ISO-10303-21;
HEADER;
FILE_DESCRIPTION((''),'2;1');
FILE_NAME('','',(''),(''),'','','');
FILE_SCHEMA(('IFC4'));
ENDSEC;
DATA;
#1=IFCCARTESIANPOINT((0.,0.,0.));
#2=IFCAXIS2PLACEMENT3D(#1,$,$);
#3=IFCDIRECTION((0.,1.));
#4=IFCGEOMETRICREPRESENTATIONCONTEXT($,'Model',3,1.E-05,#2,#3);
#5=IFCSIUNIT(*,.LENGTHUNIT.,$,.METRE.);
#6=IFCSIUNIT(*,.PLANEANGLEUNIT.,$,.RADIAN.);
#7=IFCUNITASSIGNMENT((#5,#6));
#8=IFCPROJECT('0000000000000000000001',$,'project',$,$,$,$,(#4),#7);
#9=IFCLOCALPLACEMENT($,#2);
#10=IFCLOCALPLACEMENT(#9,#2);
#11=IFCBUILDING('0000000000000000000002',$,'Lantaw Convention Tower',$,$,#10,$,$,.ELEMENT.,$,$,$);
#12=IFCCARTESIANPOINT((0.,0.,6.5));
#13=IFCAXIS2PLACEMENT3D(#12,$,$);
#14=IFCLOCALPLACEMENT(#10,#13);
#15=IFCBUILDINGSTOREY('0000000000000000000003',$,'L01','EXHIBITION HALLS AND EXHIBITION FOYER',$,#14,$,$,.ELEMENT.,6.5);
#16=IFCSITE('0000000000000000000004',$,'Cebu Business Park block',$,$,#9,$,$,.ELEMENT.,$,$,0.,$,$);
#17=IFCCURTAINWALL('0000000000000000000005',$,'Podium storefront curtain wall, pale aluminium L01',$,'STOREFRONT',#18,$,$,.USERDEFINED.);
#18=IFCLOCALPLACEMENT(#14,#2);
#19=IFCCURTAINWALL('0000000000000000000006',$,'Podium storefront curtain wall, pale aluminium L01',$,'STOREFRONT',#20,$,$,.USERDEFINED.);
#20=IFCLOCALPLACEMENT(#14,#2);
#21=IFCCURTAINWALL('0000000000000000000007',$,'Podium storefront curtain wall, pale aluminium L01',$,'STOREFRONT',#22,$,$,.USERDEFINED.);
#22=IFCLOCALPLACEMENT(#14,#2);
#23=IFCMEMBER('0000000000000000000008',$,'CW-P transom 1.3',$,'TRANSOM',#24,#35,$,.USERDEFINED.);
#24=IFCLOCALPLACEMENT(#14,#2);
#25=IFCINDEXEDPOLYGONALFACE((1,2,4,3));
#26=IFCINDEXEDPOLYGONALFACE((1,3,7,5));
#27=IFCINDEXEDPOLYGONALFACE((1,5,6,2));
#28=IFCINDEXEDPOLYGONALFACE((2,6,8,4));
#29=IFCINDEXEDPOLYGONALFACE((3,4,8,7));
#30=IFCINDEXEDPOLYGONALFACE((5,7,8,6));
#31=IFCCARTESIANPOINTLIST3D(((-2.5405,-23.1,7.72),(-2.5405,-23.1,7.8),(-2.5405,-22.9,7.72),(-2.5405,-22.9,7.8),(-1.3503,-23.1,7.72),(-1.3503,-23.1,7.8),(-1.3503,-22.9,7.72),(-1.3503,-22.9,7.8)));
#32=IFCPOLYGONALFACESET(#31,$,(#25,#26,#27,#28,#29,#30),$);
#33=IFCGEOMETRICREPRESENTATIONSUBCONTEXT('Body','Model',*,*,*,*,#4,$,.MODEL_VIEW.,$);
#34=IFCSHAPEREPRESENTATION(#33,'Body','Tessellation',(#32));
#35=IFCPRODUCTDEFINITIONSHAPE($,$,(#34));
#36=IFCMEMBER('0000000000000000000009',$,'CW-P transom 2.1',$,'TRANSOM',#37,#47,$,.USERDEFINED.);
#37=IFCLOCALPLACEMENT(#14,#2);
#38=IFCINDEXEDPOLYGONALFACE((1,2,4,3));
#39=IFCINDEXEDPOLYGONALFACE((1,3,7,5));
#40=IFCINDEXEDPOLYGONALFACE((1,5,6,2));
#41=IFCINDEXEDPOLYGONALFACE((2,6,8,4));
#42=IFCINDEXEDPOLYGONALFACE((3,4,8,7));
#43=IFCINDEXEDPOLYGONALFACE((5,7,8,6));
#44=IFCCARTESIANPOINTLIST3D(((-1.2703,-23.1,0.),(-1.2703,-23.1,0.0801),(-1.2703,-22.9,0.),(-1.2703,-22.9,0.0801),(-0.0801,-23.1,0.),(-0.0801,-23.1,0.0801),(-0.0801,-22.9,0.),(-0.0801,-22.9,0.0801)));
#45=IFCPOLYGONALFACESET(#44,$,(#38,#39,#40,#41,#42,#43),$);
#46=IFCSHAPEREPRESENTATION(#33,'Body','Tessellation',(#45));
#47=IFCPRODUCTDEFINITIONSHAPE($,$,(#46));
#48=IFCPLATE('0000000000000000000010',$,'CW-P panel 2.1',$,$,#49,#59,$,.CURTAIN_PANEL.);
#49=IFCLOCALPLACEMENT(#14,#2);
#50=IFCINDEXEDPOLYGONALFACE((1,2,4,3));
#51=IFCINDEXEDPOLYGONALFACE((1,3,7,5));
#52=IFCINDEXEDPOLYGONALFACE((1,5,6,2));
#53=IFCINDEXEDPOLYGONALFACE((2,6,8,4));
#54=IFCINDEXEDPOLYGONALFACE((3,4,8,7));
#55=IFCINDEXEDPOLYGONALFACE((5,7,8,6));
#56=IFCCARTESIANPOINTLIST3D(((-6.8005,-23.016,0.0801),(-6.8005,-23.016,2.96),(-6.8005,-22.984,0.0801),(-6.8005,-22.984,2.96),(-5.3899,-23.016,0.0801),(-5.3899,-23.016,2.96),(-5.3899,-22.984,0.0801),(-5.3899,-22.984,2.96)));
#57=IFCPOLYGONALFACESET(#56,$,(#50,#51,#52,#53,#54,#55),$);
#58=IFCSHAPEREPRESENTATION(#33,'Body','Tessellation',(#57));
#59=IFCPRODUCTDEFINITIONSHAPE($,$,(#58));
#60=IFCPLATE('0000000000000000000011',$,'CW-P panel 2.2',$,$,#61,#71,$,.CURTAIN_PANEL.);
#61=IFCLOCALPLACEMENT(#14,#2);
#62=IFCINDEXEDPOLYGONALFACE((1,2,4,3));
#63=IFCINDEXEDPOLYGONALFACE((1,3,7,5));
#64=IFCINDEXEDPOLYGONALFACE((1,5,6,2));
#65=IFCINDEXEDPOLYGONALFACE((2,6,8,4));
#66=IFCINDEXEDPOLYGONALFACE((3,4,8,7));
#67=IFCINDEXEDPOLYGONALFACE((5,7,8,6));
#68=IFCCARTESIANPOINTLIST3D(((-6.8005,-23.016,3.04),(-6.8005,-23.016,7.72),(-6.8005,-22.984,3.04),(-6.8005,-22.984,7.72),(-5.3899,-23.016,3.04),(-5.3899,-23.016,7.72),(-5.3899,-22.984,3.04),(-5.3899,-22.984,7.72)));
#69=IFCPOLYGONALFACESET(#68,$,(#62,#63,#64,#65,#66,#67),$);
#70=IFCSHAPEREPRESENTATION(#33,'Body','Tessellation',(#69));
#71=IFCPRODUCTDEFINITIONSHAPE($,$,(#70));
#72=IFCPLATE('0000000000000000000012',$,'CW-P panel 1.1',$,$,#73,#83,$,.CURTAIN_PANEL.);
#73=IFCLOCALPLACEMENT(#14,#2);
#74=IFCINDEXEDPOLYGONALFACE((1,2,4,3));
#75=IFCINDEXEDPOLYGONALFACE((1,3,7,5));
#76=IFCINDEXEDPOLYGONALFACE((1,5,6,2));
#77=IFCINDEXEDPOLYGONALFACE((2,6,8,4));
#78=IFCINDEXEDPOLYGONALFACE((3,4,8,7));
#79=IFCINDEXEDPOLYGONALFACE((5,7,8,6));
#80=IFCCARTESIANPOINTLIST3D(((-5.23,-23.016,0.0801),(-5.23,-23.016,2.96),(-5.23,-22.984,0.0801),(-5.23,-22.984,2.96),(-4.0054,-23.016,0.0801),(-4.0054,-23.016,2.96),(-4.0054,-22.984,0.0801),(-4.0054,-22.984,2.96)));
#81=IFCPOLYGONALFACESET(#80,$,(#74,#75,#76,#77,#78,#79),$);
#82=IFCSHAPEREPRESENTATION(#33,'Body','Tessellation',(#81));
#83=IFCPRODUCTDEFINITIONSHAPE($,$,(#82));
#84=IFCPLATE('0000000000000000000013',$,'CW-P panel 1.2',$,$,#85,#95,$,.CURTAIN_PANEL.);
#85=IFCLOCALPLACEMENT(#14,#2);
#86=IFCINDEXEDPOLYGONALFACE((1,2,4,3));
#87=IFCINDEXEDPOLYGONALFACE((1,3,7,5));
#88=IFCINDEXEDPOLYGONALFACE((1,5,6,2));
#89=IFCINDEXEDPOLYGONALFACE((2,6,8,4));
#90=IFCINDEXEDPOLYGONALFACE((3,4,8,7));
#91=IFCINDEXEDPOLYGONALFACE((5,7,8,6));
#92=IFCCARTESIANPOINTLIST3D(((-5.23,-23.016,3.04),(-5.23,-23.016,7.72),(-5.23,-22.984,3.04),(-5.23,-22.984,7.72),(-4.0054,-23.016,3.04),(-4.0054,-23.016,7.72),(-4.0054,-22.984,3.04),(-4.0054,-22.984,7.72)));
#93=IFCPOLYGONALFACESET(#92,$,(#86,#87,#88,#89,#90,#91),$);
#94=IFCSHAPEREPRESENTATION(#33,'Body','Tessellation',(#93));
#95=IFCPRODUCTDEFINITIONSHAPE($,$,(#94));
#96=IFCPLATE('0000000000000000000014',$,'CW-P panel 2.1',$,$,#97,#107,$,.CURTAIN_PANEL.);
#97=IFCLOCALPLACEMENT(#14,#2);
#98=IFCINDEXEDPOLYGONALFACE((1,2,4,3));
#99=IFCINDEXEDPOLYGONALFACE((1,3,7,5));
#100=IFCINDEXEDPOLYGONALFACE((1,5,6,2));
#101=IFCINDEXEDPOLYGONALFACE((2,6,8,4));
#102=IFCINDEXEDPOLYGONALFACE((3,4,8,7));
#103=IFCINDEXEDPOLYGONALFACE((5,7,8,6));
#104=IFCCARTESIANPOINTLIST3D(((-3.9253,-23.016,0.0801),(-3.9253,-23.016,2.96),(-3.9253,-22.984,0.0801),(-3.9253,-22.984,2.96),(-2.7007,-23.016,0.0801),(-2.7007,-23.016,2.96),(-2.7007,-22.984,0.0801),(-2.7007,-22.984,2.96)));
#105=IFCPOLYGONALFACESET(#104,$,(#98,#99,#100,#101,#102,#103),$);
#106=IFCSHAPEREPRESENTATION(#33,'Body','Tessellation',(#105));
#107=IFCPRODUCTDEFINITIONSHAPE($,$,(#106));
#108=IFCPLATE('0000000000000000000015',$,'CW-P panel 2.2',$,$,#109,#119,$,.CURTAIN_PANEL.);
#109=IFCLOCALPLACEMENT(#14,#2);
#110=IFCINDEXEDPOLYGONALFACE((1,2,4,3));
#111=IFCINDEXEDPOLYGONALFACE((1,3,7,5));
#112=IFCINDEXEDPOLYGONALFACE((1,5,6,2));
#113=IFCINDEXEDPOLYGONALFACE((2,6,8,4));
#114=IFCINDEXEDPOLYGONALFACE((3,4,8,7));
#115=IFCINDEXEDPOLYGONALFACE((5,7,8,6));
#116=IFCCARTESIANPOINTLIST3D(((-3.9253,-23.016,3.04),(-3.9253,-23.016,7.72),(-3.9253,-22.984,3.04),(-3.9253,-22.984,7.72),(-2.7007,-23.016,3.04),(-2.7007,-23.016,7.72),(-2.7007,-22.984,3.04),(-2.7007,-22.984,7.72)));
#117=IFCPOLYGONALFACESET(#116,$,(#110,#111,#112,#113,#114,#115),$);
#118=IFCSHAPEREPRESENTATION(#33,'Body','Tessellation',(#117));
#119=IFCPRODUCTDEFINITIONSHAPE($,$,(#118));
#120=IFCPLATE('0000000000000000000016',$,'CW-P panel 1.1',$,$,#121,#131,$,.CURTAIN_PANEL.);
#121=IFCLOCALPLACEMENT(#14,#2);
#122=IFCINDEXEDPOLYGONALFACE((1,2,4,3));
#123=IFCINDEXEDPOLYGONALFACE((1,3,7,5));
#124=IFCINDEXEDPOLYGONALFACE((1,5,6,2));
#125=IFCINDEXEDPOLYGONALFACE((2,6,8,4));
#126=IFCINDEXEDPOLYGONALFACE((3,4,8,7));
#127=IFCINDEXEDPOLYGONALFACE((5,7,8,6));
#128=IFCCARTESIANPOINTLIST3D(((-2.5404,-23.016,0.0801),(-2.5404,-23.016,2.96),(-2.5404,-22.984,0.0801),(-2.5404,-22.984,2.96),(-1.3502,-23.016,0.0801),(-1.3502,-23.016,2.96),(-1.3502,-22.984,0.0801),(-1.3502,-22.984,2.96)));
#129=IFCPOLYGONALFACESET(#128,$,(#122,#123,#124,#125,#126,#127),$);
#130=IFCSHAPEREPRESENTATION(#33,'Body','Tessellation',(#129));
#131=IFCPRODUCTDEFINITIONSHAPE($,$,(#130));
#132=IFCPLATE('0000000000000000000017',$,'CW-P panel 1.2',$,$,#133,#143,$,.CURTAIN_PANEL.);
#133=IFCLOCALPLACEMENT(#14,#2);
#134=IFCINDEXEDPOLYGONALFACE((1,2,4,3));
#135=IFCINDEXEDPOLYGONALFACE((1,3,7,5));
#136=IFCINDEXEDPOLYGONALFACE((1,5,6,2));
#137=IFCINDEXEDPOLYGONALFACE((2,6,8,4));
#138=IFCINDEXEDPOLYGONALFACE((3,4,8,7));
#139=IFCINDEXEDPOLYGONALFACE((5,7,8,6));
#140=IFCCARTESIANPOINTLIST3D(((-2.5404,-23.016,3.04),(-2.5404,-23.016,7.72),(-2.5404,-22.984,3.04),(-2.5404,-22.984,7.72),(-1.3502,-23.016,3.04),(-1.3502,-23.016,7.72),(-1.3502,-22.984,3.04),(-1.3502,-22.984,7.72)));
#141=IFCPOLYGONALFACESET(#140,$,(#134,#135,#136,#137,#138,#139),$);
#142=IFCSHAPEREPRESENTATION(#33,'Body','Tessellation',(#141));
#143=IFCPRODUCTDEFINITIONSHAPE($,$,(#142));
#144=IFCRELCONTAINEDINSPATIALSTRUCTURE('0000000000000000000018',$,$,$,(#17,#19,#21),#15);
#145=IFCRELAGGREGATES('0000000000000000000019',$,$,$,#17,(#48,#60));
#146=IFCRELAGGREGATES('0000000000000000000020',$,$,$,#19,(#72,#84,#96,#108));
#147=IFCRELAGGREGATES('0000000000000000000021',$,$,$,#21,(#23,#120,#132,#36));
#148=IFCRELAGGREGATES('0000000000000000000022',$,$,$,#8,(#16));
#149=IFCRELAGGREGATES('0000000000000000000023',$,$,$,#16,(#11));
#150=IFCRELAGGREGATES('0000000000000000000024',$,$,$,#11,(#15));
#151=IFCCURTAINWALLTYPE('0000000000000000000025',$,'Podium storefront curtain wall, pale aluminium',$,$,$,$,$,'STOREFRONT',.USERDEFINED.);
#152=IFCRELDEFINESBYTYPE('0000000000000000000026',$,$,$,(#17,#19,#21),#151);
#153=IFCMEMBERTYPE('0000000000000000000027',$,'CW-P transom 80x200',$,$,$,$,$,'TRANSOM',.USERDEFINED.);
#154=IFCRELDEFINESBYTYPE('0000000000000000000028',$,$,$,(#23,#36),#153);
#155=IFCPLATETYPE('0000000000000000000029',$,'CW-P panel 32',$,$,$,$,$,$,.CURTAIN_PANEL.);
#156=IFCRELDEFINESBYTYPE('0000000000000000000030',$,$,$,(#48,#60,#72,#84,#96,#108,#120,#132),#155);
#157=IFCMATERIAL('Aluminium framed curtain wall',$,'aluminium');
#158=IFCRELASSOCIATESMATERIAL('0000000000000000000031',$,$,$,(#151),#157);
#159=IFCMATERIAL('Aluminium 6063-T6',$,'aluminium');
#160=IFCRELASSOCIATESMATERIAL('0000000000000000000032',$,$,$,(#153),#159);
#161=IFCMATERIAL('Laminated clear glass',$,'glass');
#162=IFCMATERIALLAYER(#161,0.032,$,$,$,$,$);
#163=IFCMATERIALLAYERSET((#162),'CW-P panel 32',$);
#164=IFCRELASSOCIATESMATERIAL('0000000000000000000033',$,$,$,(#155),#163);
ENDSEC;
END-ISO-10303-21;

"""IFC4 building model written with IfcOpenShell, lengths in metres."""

from ifc_helpers import new_model, si_unit, direction, frame, origin, origin_2d, place, context, subcontext, project, spatial, rectangle, extrude, material, layer, layer_set, material_profile, profile_set, type_object, element, aggregate, save


model = new_model("IFC4")

# Units and contexts
model_context = context("Model", 3, precision=1e-05, world=origin(), true_north=direction((0.0, 1.0)))
body_context = subcontext(model_context, "Body", "Model", "MODEL_VIEW")
ifc_project = project(units=[si_unit("LENGTHUNIT", "METRE"), si_unit("PLANEANGLEUNIT", "RADIAN")], contexts=[model_context])

# Site, building, storey
site_placement = place(None, origin())
site = spatial("IfcSite", under=ifc_project, at=site_placement, Name="Cebu Business Park block", CompositionType="ELEMENT", RefElevation=0.0)
building_placement = place(site_placement, origin())
building = spatial("IfcBuilding", under=site, at=building_placement, Name="Lantaw Convention Tower", CompositionType="ELEMENT")
storey_placement = place(building_placement, frame((0.0, 0.0, 6.5)))
storey = spatial("IfcBuildingStorey", under=building, at=storey_placement, Name="L01", Description="EXHIBITION HALLS AND EXHIBITION FOYER", CompositionType="ELEMENT", Elevation=6.5)

# Curtain wall
ifc_material_1 = material(Name="Aluminium framed curtain wall", Category="aluminium")
curtain_wall_type = type_object("IfcCurtainWallType", Name="Podium storefront curtain wall, pale aluminium", ElementType="STOREFRONT", PredefinedType="USERDEFINED", material=ifc_material_1)
curtain_wall_1_placement = place(storey_placement, origin())
curtain_wall_1 = element("IfcCurtainWall", 1, at=curtain_wall_1_placement, inside=storey, type_object=curtain_wall_type, Name="Podium storefront curtain wall, pale aluminium L01", ObjectType="STOREFRONT", PredefinedType="USERDEFINED")
ifc_material_2 = material(Name="Aluminium 6063-T6", Category="aluminium")

# Curtain walls
curtain_wall_2_placement = place(storey_placement, origin())
curtain_wall_2 = element("IfcCurtainWall", 2, at=curtain_wall_2_placement, inside=storey, type_object=curtain_wall_type, Name="Podium storefront curtain wall, pale aluminium L01", ObjectType="STOREFRONT", PredefinedType="USERDEFINED")
curtain_wall_3_placement = place(storey_placement, origin())
curtain_wall_3 = element("IfcCurtainWall", 3, at=curtain_wall_3_placement, inside=storey, type_object=curtain_wall_type, Name="Podium storefront curtain wall, pale aluminium L01", ObjectType="STOREFRONT", PredefinedType="USERDEFINED")

# Members
ifc_material_profile_1 = material_profile(ifc_material_2, rectangle(XDim=0.2, YDim=0.0801, at=origin_2d()), Name="CW-P transom 80x200")
ifc_profile_set_1 = profile_set([ifc_material_profile_1], Name="Aluminium 6063-T6")
member_type_1 = type_object("IfcMemberType", Name="CW-P transom 80x200", ElementType="TRANSOM", PredefinedType="USERDEFINED", material=ifc_profile_set_1)
member_1_placement = place(storey_placement, frame((-2.5405, -23.0, 7.76), z_axis=(1.0, 0.0, 0.0), x_axis=(0.0, 1.0, 0.0)))
member_1 = element("IfcMember", 4, at=member_1_placement, type_object=member_type_1, Name="CW-P transom 1.3", ObjectType="TRANSOM", PredefinedType="USERDEFINED", context=body_context, shape_type="SweptSolid", body=[
    extrude(rectangle(XDim=0.2, YDim=0.0801, at=origin_2d()), origin(), (0.0, 0.0, 1.0), 1.1902),
])
member_2_placement = place(storey_placement, frame((-1.2703, -23.0, 0.04), z_axis=(1.0, 0.0, 0.0), x_axis=(0.0, 1.0, 0.0)))
member_2 = element("IfcMember", 5, at=member_2_placement, type_object=member_type_1, Name="CW-P transom 2.1", ObjectType="TRANSOM", PredefinedType="USERDEFINED", context=body_context, shape_type="SweptSolid", body=[
    extrude(rectangle(XDim=0.2, YDim=0.0801, at=origin_2d()), origin(), (0.0, 0.0, 1.0), 1.1902),
])

# Plates
ifc_material_3 = material(Name="Laminated clear glass", Category="glass")
ifc_layer = layer(ifc_material_3, 0.032)
ifc_layer_set = layer_set([ifc_layer], Name="CW-P panel 32")
plate_type = type_object("IfcPlateType", Name="CW-P panel 32", PredefinedType="CURTAIN_PANEL", material=ifc_layer_set)
plate_1_placement = place(storey_placement, frame((-6.0952, -23.0, 0.0801), z_axis=(0.0, 0.0, 1.0), x_axis=(1.0, 0.0, 0.0)))
plate_1 = element("IfcPlate", 6, at=plate_1_placement, type_object=plate_type, Name="CW-P panel 2.1", PredefinedType="CURTAIN_PANEL", context=body_context, shape_type="SweptSolid", body=[
    extrude(rectangle(XDim=1.4106, YDim=0.032, at=origin_2d()), origin(), (0.0, 0.0, 1.0), 2.8799),
])
plate_2_placement = place(storey_placement, frame((-6.0952, -23.0, 3.04), z_axis=(0.0, 0.0, 1.0), x_axis=(1.0, 0.0, 0.0)))
plate_2 = element("IfcPlate", 7, at=plate_2_placement, type_object=plate_type, Name="CW-P panel 2.2", PredefinedType="CURTAIN_PANEL", context=body_context, shape_type="SweptSolid", body=[
    extrude(rectangle(XDim=1.4106, YDim=0.032, at=origin_2d()), origin(), (0.0, 0.0, 1.0), 4.6799),
])
aggregate(curtain_wall_1, [plate_1, plate_2])
plate_3_placement = place(storey_placement, frame((-4.6177, -23.0, 0.0801), z_axis=(0.0, 0.0, 1.0), x_axis=(1.0, 0.0, 0.0)))
plate_3 = element("IfcPlate", 8, at=plate_3_placement, type_object=plate_type, Name="CW-P panel 1.1", PredefinedType="CURTAIN_PANEL", context=body_context, shape_type="SweptSolid", body=[
    extrude(rectangle(XDim=1.2246, YDim=0.032, at=origin_2d()), origin(), (0.0, 0.0, 1.0), 2.8799),
])
plate_4_placement = place(storey_placement, frame((-4.6177, -23.0, 3.04), z_axis=(0.0, 0.0, 1.0), x_axis=(1.0, 0.0, 0.0)))
plate_4 = element("IfcPlate", 9, at=plate_4_placement, type_object=plate_type, Name="CW-P panel 1.2", PredefinedType="CURTAIN_PANEL", context=body_context, shape_type="SweptSolid", body=[
    extrude(rectangle(XDim=1.2246, YDim=0.032, at=origin_2d()), origin(), (0.0, 0.0, 1.0), 4.6799),
])
plate_5_placement = place(storey_placement, frame((-3.313, -23.0, 0.0801), z_axis=(0.0, 0.0, 1.0), x_axis=(1.0, 0.0, 0.0)))
plate_5 = element("IfcPlate", 10, at=plate_5_placement, type_object=plate_type, Name="CW-P panel 2.1", PredefinedType="CURTAIN_PANEL", context=body_context, shape_type="SweptSolid", body=[
    extrude(rectangle(XDim=1.2246, YDim=0.032, at=origin_2d()), origin(), (0.0, 0.0, 1.0), 2.8799),
])
plate_6_placement = place(storey_placement, frame((-3.313, -23.0, 3.04), z_axis=(0.0, 0.0, 1.0), x_axis=(1.0, 0.0, 0.0)))
plate_6 = element("IfcPlate", 11, at=plate_6_placement, type_object=plate_type, Name="CW-P panel 2.2", PredefinedType="CURTAIN_PANEL", context=body_context, shape_type="SweptSolid", body=[
    extrude(rectangle(XDim=1.2246, YDim=0.032, at=origin_2d()), origin(), (0.0, 0.0, 1.0), 4.6799),
])
aggregate(curtain_wall_2, [plate_3, plate_4, plate_5, plate_6])
plate_7_placement = place(storey_placement, frame((-1.9453, -23.0, 0.0801), z_axis=(0.0, 0.0, 1.0), x_axis=(1.0, 0.0, 0.0)))
plate_7 = element("IfcPlate", 12, at=plate_7_placement, type_object=plate_type, Name="CW-P panel 1.1", PredefinedType="CURTAIN_PANEL", context=body_context, shape_type="SweptSolid", body=[
    extrude(rectangle(XDim=1.1902, YDim=0.032, at=origin_2d()), origin(), (0.0, 0.0, 1.0), 2.8799),
])
plate_8_placement = place(storey_placement, frame((-1.9453, -23.0, 3.04), z_axis=(0.0, 0.0, 1.0), x_axis=(1.0, 0.0, 0.0)))
plate_8 = element("IfcPlate", 13, at=plate_8_placement, type_object=plate_type, Name="CW-P panel 1.2", PredefinedType="CURTAIN_PANEL", context=body_context, shape_type="SweptSolid", body=[
    extrude(rectangle(XDim=1.1902, YDim=0.032, at=origin_2d()), origin(), (0.0, 0.0, 1.0), 4.6799),
])
aggregate(curtain_wall_3, [member_1, plate_7, plate_8, member_2])

save(model, "model.ifc")
